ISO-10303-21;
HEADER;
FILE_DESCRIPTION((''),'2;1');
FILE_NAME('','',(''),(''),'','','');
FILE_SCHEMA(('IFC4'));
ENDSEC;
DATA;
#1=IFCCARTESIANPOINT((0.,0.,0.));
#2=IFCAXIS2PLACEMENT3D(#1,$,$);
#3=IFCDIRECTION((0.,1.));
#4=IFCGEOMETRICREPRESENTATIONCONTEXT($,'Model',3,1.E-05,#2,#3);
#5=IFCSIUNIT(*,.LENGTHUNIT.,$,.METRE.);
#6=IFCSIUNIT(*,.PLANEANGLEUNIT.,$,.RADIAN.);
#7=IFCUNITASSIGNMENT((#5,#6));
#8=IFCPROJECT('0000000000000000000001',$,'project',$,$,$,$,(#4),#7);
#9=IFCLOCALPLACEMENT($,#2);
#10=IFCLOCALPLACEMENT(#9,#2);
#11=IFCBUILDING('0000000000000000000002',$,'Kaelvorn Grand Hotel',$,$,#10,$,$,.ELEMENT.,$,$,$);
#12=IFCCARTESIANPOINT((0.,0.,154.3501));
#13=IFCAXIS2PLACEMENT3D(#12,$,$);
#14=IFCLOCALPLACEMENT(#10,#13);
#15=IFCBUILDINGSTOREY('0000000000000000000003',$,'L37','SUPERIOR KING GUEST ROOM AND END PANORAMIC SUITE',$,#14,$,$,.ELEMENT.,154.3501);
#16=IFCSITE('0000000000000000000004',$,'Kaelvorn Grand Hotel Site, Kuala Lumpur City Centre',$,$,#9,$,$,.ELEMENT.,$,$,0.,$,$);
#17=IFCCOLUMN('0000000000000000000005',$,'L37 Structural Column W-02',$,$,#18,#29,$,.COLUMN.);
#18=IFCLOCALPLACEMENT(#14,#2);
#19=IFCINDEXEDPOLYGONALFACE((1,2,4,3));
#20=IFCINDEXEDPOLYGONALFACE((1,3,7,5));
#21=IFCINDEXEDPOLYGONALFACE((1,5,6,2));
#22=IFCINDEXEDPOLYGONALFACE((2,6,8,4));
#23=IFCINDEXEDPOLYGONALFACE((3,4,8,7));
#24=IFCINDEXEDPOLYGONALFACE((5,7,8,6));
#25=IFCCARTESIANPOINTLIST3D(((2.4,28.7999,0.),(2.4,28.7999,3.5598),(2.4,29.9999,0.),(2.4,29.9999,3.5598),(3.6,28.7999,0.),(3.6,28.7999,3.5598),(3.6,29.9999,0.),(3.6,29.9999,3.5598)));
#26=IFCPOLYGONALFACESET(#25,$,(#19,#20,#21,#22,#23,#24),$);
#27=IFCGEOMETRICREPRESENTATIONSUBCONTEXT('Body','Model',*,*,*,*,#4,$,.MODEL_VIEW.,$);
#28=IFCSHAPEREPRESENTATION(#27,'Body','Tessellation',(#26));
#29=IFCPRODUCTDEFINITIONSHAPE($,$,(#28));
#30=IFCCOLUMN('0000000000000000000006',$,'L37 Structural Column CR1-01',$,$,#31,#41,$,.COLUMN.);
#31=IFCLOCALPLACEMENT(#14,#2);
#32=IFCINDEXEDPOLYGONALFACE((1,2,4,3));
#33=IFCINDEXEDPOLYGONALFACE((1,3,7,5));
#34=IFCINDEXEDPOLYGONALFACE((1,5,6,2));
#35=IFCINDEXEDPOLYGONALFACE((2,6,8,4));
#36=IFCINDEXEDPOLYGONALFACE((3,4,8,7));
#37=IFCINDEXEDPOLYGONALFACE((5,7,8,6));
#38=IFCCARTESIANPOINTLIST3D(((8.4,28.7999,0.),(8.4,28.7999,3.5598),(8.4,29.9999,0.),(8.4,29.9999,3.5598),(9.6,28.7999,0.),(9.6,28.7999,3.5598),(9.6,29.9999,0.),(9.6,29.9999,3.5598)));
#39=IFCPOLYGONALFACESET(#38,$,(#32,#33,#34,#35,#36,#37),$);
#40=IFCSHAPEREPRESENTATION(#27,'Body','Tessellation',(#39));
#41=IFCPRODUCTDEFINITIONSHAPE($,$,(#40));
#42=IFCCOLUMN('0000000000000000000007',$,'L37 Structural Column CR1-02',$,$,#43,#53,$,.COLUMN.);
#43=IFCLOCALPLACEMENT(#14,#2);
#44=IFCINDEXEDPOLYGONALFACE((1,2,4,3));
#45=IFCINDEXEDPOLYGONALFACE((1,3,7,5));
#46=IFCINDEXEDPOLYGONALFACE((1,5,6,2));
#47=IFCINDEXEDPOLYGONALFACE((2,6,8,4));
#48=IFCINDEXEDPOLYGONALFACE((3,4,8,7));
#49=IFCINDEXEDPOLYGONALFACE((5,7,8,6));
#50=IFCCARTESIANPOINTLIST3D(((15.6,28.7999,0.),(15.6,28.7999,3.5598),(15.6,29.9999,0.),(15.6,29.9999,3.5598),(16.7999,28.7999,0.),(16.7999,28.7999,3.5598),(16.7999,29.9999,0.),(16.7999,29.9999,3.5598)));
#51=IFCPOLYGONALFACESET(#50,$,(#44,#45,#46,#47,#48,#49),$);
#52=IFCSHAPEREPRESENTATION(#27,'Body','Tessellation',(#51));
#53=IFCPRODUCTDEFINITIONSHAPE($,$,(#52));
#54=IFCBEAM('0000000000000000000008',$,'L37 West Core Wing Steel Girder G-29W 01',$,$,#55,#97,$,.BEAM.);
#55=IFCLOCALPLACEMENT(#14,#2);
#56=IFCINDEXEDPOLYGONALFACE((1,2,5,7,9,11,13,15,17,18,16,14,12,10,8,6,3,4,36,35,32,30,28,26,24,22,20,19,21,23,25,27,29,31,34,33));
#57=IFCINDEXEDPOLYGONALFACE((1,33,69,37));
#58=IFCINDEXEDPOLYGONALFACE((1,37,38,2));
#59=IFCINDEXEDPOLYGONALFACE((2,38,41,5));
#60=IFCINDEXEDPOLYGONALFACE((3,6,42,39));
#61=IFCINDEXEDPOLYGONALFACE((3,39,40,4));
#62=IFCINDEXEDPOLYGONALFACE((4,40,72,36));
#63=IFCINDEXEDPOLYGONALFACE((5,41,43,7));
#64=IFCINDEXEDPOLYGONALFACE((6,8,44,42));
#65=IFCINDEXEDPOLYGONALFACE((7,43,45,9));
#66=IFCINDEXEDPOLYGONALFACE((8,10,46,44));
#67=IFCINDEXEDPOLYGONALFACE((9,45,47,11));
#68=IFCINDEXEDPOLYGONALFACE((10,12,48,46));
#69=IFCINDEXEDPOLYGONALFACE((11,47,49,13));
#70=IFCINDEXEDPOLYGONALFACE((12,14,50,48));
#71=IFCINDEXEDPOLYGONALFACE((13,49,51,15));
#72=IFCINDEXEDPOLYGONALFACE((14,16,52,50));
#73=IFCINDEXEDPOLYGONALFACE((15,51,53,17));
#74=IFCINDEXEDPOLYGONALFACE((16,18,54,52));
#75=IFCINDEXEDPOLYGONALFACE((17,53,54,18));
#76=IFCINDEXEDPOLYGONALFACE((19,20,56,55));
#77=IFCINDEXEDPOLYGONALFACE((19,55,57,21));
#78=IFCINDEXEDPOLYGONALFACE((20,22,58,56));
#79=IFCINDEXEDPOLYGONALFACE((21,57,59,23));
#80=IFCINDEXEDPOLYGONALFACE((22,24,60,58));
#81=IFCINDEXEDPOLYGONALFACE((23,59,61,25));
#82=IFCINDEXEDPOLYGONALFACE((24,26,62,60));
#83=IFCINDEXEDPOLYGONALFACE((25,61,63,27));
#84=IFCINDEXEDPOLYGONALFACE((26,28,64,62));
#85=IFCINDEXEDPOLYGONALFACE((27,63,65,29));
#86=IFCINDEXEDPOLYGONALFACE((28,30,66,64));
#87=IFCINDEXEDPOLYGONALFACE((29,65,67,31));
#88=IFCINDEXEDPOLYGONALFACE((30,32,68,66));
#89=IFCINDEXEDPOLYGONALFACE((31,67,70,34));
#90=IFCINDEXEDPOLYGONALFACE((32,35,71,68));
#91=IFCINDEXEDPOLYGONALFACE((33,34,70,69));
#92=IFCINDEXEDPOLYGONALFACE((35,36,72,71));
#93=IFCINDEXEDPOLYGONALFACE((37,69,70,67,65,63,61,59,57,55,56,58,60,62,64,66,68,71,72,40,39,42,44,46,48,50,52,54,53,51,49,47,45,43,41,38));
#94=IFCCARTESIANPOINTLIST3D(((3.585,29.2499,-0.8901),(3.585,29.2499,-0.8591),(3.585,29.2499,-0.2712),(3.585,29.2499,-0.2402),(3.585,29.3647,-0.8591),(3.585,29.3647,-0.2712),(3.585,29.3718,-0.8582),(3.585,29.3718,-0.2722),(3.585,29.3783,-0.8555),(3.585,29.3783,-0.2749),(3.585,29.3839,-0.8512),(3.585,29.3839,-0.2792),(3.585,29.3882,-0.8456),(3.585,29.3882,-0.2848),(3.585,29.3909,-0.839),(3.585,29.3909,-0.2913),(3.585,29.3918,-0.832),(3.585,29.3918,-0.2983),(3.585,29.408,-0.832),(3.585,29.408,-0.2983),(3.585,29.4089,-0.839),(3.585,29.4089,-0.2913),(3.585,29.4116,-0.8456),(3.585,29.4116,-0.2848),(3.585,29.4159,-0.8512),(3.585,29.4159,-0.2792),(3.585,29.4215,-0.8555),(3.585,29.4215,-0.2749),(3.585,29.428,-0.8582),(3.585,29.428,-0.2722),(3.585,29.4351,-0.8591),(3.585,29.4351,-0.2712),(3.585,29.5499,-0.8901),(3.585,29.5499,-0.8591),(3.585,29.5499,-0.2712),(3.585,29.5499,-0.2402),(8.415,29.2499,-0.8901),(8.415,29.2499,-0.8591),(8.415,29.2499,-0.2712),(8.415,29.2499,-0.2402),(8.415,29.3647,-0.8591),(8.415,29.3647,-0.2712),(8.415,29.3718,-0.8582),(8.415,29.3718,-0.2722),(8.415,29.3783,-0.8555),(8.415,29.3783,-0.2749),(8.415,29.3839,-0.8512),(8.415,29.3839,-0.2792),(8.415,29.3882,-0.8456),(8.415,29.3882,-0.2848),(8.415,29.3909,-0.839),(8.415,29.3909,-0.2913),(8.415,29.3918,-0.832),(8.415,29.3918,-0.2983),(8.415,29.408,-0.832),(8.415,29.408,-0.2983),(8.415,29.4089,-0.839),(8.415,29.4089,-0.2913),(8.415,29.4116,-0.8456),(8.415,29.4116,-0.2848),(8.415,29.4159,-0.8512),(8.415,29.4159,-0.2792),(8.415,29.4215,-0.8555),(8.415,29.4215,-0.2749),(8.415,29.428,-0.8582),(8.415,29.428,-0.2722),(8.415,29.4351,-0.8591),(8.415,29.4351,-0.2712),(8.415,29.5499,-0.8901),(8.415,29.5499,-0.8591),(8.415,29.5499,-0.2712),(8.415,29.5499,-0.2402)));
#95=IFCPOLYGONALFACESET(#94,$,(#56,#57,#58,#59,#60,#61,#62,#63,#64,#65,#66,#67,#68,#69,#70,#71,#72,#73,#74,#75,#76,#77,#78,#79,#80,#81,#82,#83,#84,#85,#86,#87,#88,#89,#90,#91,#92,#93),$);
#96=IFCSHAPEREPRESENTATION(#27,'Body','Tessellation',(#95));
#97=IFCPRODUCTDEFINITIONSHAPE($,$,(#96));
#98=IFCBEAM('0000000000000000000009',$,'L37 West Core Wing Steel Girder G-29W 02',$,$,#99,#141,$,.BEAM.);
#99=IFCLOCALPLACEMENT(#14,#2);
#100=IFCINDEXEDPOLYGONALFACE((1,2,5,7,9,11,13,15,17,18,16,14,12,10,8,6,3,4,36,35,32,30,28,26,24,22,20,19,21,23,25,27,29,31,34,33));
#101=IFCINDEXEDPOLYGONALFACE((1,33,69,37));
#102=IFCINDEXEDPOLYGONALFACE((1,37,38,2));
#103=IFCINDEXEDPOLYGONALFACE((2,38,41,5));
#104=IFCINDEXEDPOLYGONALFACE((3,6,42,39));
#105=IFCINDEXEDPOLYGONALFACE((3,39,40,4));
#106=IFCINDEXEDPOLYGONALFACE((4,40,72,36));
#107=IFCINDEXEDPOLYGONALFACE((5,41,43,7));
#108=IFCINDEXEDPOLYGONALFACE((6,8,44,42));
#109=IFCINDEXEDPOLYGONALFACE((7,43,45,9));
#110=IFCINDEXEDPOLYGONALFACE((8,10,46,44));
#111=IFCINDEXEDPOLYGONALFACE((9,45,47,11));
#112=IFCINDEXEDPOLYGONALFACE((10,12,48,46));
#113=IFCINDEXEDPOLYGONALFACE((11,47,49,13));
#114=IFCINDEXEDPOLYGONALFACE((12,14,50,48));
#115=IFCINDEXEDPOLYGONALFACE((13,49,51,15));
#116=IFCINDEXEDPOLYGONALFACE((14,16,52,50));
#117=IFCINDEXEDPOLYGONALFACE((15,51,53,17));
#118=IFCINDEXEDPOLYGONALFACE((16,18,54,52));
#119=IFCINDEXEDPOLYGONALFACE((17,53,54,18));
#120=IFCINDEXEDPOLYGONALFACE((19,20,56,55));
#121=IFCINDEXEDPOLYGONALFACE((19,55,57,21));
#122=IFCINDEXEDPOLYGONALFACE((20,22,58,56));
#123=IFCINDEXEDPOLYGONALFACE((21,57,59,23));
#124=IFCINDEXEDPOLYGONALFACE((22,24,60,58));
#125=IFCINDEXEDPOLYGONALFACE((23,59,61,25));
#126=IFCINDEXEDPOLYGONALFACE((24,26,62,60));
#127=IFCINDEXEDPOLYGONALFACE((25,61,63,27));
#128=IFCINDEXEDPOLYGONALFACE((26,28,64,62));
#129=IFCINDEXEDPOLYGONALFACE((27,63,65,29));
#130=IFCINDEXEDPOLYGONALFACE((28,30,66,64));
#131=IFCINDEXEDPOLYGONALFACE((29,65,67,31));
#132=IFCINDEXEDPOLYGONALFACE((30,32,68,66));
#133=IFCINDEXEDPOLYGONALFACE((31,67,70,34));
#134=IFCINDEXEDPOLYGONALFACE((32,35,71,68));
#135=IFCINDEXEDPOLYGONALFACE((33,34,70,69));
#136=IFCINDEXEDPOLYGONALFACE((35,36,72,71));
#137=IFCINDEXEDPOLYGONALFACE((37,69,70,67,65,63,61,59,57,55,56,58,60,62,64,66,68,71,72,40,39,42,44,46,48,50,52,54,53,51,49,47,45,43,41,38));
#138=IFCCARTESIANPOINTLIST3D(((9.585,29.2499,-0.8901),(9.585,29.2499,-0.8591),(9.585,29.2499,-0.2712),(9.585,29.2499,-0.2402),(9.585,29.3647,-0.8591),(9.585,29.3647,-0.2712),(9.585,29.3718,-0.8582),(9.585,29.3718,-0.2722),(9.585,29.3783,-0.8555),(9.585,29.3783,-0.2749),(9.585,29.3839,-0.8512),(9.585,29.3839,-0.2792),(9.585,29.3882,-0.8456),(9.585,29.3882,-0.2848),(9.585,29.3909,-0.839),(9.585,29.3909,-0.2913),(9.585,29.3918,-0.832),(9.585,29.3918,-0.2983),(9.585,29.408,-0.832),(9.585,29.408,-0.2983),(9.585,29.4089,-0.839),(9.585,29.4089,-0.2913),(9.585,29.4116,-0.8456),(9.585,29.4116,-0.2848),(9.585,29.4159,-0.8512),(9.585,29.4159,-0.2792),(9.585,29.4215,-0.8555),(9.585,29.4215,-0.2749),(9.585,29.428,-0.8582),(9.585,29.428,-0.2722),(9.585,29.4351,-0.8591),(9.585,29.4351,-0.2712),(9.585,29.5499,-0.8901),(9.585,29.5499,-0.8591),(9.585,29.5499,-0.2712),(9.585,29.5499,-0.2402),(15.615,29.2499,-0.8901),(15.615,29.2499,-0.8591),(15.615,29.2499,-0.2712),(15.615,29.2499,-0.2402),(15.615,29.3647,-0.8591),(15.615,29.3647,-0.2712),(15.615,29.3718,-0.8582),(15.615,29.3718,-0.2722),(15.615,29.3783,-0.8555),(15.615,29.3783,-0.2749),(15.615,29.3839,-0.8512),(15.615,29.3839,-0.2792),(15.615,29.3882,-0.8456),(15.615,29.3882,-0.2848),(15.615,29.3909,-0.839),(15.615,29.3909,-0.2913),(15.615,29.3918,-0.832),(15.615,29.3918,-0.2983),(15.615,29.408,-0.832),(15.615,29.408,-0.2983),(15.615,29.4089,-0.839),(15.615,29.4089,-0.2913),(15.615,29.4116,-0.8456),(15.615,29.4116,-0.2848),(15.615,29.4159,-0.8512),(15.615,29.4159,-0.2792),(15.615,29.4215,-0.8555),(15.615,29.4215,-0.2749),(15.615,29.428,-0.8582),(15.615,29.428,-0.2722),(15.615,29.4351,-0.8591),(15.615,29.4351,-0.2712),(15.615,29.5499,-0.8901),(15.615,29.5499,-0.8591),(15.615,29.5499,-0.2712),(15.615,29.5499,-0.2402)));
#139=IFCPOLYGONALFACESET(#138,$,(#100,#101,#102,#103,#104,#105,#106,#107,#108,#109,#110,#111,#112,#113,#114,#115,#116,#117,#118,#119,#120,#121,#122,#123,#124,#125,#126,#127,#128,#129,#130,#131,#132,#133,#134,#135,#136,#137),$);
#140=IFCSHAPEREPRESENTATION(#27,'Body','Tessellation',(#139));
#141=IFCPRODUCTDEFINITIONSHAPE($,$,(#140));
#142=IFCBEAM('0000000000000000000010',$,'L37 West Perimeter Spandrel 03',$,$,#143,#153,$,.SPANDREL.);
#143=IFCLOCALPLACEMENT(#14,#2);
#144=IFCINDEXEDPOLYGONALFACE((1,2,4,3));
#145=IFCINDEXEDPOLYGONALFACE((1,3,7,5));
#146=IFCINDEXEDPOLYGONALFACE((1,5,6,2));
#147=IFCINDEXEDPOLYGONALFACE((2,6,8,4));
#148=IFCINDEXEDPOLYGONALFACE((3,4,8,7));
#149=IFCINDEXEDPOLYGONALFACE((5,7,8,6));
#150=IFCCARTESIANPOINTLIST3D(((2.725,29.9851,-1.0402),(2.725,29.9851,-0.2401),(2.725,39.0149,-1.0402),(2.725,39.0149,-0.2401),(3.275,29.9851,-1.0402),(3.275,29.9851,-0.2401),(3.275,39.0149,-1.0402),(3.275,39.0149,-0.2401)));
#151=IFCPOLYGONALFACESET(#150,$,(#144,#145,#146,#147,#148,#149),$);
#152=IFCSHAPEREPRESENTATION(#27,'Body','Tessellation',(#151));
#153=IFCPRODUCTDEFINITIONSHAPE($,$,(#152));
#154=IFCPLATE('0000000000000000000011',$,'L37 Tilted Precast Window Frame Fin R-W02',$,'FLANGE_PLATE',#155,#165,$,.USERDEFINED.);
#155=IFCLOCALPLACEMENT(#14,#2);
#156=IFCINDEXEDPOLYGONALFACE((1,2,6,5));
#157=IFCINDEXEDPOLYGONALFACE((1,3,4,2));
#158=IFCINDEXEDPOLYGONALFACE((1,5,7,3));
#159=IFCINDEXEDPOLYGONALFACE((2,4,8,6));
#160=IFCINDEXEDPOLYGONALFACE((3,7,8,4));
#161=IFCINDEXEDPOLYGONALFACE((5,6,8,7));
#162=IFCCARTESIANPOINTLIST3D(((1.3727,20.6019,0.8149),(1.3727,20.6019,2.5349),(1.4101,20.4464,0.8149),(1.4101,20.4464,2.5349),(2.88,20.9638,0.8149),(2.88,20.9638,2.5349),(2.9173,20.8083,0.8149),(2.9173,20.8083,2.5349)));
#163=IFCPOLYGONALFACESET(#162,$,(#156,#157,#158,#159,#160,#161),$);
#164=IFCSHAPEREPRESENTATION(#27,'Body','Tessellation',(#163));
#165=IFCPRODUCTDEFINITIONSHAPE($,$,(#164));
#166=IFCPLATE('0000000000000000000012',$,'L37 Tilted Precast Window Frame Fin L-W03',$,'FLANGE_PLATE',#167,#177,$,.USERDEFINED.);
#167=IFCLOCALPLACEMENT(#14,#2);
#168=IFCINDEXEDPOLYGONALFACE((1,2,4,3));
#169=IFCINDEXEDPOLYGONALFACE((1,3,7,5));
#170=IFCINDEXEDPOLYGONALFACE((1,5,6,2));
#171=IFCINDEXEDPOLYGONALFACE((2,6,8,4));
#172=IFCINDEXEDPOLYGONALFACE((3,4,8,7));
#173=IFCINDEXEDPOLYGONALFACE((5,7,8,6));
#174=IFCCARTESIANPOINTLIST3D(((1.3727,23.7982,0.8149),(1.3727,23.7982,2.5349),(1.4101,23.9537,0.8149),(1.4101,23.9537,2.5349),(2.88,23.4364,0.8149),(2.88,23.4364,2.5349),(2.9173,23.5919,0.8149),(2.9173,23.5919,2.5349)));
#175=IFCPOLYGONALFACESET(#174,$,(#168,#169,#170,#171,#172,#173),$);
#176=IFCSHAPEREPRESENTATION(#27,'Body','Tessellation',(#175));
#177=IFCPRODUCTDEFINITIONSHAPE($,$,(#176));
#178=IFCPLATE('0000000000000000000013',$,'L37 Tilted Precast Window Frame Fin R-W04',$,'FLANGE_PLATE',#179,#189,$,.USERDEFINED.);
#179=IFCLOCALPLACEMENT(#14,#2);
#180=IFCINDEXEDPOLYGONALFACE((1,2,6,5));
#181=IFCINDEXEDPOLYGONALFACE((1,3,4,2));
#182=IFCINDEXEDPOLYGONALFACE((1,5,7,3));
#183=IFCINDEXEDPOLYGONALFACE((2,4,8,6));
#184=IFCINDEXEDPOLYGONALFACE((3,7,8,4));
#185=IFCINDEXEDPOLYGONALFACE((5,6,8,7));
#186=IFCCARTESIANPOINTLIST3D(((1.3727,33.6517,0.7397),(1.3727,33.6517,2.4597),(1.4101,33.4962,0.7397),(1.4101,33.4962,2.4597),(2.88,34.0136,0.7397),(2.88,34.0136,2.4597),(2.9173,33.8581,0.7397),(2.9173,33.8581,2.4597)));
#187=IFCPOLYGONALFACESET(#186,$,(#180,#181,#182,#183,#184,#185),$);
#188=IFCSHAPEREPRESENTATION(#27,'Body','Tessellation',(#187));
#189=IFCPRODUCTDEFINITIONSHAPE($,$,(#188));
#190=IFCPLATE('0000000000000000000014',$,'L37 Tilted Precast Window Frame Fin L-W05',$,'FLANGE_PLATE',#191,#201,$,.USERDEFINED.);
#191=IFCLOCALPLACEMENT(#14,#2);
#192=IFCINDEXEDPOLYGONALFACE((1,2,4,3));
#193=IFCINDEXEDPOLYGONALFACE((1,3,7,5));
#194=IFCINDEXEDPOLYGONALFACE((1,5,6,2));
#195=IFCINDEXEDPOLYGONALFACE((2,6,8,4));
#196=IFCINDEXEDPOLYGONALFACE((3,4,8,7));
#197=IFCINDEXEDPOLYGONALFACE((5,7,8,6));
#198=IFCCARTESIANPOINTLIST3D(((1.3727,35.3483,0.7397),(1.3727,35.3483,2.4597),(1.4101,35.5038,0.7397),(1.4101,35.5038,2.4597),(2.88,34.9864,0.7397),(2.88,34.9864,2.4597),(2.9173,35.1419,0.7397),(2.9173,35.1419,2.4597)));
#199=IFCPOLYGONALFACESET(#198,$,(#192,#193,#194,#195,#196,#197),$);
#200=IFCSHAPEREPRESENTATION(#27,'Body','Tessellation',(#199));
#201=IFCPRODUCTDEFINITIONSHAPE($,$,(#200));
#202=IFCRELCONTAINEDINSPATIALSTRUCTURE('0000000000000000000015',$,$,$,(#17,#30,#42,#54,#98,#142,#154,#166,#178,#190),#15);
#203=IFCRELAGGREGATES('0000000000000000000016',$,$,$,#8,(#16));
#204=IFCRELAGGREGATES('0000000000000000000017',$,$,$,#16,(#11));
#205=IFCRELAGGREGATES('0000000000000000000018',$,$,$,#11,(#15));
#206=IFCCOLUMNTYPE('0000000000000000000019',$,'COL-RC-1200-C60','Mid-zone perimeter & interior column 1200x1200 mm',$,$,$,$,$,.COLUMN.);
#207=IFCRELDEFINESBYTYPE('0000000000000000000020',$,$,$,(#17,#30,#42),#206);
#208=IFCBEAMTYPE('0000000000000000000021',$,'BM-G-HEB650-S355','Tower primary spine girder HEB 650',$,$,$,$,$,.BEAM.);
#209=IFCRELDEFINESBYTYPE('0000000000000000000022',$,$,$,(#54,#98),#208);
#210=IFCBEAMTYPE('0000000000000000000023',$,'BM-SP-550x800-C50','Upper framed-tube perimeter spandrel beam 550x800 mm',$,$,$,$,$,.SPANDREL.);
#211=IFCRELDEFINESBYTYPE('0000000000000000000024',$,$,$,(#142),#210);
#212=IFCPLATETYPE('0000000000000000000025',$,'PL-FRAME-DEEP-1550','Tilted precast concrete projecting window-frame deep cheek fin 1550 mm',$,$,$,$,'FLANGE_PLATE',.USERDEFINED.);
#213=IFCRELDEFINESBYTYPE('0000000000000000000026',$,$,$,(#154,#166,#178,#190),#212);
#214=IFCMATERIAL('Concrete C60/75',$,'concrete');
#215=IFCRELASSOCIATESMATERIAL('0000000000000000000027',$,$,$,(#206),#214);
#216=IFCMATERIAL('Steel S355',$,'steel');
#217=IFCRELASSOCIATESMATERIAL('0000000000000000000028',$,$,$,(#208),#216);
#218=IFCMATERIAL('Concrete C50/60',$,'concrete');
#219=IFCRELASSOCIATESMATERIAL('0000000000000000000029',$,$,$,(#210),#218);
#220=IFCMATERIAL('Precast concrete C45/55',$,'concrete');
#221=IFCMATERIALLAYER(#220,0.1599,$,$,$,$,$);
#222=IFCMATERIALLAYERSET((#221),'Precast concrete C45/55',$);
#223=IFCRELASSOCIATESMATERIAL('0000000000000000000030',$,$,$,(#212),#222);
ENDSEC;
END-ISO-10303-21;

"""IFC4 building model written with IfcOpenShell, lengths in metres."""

from ifc_helpers import new_model, si_unit, direction, frame, origin, origin_2d, place, context, subcontext, project, spatial, rectangle, i_section, extrude, material, layer, layer_set, material_profile, profile_set, type_object, element, save


model = new_model("IFC4")

# Units and contexts
model_context = context("Model", 3, precision=1e-05, world=origin(), true_north=direction((0.0, 1.0)))
body_context = subcontext(model_context, "Body", "Model", "MODEL_VIEW")
ifc_project = project(units=[si_unit("LENGTHUNIT", "METRE"), si_unit("PLANEANGLEUNIT", "RADIAN")], contexts=[model_context])

# Site, building, storey
site_placement = place(None, origin())
site = spatial("IfcSite", under=ifc_project, at=site_placement, Name="Kaelvorn Grand Hotel Site, Kuala Lumpur City Centre", CompositionType="ELEMENT", RefElevation=0.0)
building_placement = place(site_placement, origin())
building = spatial("IfcBuilding", under=site, at=building_placement, Name="Kaelvorn Grand Hotel", CompositionType="ELEMENT")
storey_placement = place(building_placement, frame((0.0, 0.0, 154.3501)))
storey = spatial("IfcBuildingStorey", under=building, at=storey_placement, Name="L37", Description="SUPERIOR KING GUEST ROOM AND END PANORAMIC SUITE", CompositionType="ELEMENT", Elevation=154.3501)

# Columns
ifc_material_1 = material(Name="Concrete C60/75", Category="concrete")
ifc_material_profile_1 = material_profile(ifc_material_1, rectangle(XDim=1.2, YDim=1.2, at=origin_2d()), Name="RC COL 1200x1200")
ifc_profile_set_1 = profile_set([ifc_material_profile_1], Name="Concrete C60/75")
column_type = type_object("IfcColumnType", Name="COL-RC-1200-C60", Description="Mid-zone perimeter & interior column 1200x1200 mm", PredefinedType="COLUMN", material=ifc_profile_set_1)
for number, where, z_axis, x_axis, name in (
    (1, (3.0, 29.3999, 0.0), (0.0, 0.0, 1.0), (1.0, 0.0, 0.0), "L37 Structural Column W-02"),
    (2, (9.0, 29.3999, 0.0), (0.0, 0.0, 1.0), (1.0, 0.0, 0.0), "L37 Structural Column CR1-01"),
    (3, (16.2, 29.3999, 0.0), (0.0, 0.0, 1.0), (1.0, 0.0, 0.0), "L37 Structural Column CR1-02"),
):
    element("IfcColumn", number, at=place(storey_placement, frame(where, z_axis=z_axis, x_axis=x_axis)), inside=storey, type_object=column_type, Name=name, PredefinedType="COLUMN", context=body_context, shape_type="SweptSolid", body=[
        extrude(rectangle(XDim=1.2, YDim=1.2, at=origin_2d()), origin(), (0.0, 0.0, 1.0), 3.5598),
    ])

# Beams
ifc_material_2 = material(Name="Steel S355", Category="steel")
ifc_material_profile_2 = material_profile(ifc_material_2, i_section(OverallWidth=0.3, OverallDepth=0.6499, WebThickness=0.0161, FlangeThickness=0.031, FilletRadius=0.0271, at=origin_2d()), Name="HEB 650")
ifc_profile_set_2 = profile_set([ifc_material_profile_2], Name="Steel S355")
beam_type_1 = type_object("IfcBeamType", Name="BM-G-HEB650-S355", Description="Tower primary spine girder HEB 650", PredefinedType="BEAM", material=ifc_profile_set_2)
beam_1_placement = place(storey_placement, frame((3.585, 29.3999, -0.5652), z_axis=(1.0, 0.0, 0.0), x_axis=(0.0, 1.0, 0.0)))
element("IfcBeam", 4, at=beam_1_placement, inside=storey, type_object=beam_type_1, Name="L37 West Core Wing Steel Girder G-29W 01", PredefinedType="BEAM", context=body_context, shape_type="SweptSolid", body=[
    extrude(i_section(OverallWidth=0.3, OverallDepth=0.6499, WebThickness=0.0161, FlangeThickness=0.031, FilletRadius=0.0271, at=origin_2d()), origin(), (0.0, 0.0, 1.0), 4.8301),
])
beam_2_placement = place(storey_placement, frame((9.585, 29.3999, -0.5652), z_axis=(1.0, 0.0, 0.0), x_axis=(0.0, 1.0, 0.0)))
element("IfcBeam", 5, at=beam_2_placement, inside=storey, type_object=beam_type_1, Name="L37 West Core Wing Steel Girder G-29W 02", PredefinedType="BEAM", context=body_context, shape_type="SweptSolid", body=[
    extrude(i_section(OverallWidth=0.3, OverallDepth=0.6499, WebThickness=0.0161, FlangeThickness=0.031, FilletRadius=0.0271, at=origin_2d()), origin(), (0.0, 0.0, 1.0), 6.03),
])
ifc_material_3 = material(Name="Concrete C50/60", Category="concrete")
ifc_material_profile_3 = material_profile(ifc_material_3, rectangle(XDim=0.55, YDim=0.8, at=origin_2d()), Name="RC SPANDREL 550x800")
ifc_profile_set_3 = profile_set([ifc_material_profile_3], Name="Concrete C50/60")
beam_type_2 = type_object("IfcBeamType", Name="BM-SP-550x800-C50", Description="Upper framed-tube perimeter spandrel beam 550x800 mm", PredefinedType="SPANDREL", material=ifc_profile_set_3)
beam_3_placement = place(storey_placement, frame((3.0, 29.9851, -0.6401), z_axis=(0.0, 1.0, 0.0), x_axis=(-1.0, 0.0, 0.0)))
element("IfcBeam", 6, at=beam_3_placement, inside=storey, type_object=beam_type_2, Name="L37 West Perimeter Spandrel 03", PredefinedType="SPANDREL", context=body_context, shape_type="SweptSolid", body=[
    extrude(rectangle(XDim=0.55, YDim=0.8, at=origin_2d()), origin(), (0.0, 0.0, 1.0), 9.0298),
])

# Plates
ifc_material_4 = material(Name="Precast concrete C45/55", Category="concrete")
ifc_layer_1 = layer(ifc_material_4, 0.1599)
ifc_layer_set_1 = layer_set([ifc_layer_1], Name="Precast concrete C45/55")
plate_type_1 = type_object("IfcPlateType", Name="PL-FRAME-DEEP-1550", Description="Tilted precast concrete projecting window-frame deep cheek fin 1550 mm", ElementType="FLANGE_PLATE", PredefinedType="USERDEFINED", material=ifc_layer_set_1)
for number, where, z_axis, x_axis, name in (
    (7, (2.145, 20.7051, 0.8149), (0.0, 0.0, 1.0), (-0.233445, 0.97237, 0.0), "L37 Tilted Precast Window Frame Fin R-W02"),
    (8, (2.145, 23.6951, 0.8149), (0.0, 0.0, 1.0), (0.233445, 0.97237, 0.0), "L37 Tilted Precast Window Frame Fin L-W03"),
    (9, (2.145, 33.7549, 0.7397), (0.0, 0.0, 1.0), (-0.233445, 0.97237, 0.0), "L37 Tilted Precast Window Frame Fin R-W04"),
    (10, (2.145, 35.2451, 0.7397), (0.0, 0.0, 1.0), (0.233445, 0.97237, 0.0), "L37 Tilted Precast Window Frame Fin L-W05"),
):
    element("IfcPlate", number, at=place(storey_placement, frame(where, z_axis=z_axis, x_axis=x_axis)), inside=storey, type_object=plate_type_1, Name=name, ObjectType="FLANGE_PLATE", PredefinedType="USERDEFINED", context=body_context, shape_type="SweptSolid", body=[
        extrude(rectangle(XDim=0.1599, YDim=1.55, at=origin_2d()), origin(), (0.0, 0.0, 1.0), 1.72),
    ])

save(model, "model.ifc")
